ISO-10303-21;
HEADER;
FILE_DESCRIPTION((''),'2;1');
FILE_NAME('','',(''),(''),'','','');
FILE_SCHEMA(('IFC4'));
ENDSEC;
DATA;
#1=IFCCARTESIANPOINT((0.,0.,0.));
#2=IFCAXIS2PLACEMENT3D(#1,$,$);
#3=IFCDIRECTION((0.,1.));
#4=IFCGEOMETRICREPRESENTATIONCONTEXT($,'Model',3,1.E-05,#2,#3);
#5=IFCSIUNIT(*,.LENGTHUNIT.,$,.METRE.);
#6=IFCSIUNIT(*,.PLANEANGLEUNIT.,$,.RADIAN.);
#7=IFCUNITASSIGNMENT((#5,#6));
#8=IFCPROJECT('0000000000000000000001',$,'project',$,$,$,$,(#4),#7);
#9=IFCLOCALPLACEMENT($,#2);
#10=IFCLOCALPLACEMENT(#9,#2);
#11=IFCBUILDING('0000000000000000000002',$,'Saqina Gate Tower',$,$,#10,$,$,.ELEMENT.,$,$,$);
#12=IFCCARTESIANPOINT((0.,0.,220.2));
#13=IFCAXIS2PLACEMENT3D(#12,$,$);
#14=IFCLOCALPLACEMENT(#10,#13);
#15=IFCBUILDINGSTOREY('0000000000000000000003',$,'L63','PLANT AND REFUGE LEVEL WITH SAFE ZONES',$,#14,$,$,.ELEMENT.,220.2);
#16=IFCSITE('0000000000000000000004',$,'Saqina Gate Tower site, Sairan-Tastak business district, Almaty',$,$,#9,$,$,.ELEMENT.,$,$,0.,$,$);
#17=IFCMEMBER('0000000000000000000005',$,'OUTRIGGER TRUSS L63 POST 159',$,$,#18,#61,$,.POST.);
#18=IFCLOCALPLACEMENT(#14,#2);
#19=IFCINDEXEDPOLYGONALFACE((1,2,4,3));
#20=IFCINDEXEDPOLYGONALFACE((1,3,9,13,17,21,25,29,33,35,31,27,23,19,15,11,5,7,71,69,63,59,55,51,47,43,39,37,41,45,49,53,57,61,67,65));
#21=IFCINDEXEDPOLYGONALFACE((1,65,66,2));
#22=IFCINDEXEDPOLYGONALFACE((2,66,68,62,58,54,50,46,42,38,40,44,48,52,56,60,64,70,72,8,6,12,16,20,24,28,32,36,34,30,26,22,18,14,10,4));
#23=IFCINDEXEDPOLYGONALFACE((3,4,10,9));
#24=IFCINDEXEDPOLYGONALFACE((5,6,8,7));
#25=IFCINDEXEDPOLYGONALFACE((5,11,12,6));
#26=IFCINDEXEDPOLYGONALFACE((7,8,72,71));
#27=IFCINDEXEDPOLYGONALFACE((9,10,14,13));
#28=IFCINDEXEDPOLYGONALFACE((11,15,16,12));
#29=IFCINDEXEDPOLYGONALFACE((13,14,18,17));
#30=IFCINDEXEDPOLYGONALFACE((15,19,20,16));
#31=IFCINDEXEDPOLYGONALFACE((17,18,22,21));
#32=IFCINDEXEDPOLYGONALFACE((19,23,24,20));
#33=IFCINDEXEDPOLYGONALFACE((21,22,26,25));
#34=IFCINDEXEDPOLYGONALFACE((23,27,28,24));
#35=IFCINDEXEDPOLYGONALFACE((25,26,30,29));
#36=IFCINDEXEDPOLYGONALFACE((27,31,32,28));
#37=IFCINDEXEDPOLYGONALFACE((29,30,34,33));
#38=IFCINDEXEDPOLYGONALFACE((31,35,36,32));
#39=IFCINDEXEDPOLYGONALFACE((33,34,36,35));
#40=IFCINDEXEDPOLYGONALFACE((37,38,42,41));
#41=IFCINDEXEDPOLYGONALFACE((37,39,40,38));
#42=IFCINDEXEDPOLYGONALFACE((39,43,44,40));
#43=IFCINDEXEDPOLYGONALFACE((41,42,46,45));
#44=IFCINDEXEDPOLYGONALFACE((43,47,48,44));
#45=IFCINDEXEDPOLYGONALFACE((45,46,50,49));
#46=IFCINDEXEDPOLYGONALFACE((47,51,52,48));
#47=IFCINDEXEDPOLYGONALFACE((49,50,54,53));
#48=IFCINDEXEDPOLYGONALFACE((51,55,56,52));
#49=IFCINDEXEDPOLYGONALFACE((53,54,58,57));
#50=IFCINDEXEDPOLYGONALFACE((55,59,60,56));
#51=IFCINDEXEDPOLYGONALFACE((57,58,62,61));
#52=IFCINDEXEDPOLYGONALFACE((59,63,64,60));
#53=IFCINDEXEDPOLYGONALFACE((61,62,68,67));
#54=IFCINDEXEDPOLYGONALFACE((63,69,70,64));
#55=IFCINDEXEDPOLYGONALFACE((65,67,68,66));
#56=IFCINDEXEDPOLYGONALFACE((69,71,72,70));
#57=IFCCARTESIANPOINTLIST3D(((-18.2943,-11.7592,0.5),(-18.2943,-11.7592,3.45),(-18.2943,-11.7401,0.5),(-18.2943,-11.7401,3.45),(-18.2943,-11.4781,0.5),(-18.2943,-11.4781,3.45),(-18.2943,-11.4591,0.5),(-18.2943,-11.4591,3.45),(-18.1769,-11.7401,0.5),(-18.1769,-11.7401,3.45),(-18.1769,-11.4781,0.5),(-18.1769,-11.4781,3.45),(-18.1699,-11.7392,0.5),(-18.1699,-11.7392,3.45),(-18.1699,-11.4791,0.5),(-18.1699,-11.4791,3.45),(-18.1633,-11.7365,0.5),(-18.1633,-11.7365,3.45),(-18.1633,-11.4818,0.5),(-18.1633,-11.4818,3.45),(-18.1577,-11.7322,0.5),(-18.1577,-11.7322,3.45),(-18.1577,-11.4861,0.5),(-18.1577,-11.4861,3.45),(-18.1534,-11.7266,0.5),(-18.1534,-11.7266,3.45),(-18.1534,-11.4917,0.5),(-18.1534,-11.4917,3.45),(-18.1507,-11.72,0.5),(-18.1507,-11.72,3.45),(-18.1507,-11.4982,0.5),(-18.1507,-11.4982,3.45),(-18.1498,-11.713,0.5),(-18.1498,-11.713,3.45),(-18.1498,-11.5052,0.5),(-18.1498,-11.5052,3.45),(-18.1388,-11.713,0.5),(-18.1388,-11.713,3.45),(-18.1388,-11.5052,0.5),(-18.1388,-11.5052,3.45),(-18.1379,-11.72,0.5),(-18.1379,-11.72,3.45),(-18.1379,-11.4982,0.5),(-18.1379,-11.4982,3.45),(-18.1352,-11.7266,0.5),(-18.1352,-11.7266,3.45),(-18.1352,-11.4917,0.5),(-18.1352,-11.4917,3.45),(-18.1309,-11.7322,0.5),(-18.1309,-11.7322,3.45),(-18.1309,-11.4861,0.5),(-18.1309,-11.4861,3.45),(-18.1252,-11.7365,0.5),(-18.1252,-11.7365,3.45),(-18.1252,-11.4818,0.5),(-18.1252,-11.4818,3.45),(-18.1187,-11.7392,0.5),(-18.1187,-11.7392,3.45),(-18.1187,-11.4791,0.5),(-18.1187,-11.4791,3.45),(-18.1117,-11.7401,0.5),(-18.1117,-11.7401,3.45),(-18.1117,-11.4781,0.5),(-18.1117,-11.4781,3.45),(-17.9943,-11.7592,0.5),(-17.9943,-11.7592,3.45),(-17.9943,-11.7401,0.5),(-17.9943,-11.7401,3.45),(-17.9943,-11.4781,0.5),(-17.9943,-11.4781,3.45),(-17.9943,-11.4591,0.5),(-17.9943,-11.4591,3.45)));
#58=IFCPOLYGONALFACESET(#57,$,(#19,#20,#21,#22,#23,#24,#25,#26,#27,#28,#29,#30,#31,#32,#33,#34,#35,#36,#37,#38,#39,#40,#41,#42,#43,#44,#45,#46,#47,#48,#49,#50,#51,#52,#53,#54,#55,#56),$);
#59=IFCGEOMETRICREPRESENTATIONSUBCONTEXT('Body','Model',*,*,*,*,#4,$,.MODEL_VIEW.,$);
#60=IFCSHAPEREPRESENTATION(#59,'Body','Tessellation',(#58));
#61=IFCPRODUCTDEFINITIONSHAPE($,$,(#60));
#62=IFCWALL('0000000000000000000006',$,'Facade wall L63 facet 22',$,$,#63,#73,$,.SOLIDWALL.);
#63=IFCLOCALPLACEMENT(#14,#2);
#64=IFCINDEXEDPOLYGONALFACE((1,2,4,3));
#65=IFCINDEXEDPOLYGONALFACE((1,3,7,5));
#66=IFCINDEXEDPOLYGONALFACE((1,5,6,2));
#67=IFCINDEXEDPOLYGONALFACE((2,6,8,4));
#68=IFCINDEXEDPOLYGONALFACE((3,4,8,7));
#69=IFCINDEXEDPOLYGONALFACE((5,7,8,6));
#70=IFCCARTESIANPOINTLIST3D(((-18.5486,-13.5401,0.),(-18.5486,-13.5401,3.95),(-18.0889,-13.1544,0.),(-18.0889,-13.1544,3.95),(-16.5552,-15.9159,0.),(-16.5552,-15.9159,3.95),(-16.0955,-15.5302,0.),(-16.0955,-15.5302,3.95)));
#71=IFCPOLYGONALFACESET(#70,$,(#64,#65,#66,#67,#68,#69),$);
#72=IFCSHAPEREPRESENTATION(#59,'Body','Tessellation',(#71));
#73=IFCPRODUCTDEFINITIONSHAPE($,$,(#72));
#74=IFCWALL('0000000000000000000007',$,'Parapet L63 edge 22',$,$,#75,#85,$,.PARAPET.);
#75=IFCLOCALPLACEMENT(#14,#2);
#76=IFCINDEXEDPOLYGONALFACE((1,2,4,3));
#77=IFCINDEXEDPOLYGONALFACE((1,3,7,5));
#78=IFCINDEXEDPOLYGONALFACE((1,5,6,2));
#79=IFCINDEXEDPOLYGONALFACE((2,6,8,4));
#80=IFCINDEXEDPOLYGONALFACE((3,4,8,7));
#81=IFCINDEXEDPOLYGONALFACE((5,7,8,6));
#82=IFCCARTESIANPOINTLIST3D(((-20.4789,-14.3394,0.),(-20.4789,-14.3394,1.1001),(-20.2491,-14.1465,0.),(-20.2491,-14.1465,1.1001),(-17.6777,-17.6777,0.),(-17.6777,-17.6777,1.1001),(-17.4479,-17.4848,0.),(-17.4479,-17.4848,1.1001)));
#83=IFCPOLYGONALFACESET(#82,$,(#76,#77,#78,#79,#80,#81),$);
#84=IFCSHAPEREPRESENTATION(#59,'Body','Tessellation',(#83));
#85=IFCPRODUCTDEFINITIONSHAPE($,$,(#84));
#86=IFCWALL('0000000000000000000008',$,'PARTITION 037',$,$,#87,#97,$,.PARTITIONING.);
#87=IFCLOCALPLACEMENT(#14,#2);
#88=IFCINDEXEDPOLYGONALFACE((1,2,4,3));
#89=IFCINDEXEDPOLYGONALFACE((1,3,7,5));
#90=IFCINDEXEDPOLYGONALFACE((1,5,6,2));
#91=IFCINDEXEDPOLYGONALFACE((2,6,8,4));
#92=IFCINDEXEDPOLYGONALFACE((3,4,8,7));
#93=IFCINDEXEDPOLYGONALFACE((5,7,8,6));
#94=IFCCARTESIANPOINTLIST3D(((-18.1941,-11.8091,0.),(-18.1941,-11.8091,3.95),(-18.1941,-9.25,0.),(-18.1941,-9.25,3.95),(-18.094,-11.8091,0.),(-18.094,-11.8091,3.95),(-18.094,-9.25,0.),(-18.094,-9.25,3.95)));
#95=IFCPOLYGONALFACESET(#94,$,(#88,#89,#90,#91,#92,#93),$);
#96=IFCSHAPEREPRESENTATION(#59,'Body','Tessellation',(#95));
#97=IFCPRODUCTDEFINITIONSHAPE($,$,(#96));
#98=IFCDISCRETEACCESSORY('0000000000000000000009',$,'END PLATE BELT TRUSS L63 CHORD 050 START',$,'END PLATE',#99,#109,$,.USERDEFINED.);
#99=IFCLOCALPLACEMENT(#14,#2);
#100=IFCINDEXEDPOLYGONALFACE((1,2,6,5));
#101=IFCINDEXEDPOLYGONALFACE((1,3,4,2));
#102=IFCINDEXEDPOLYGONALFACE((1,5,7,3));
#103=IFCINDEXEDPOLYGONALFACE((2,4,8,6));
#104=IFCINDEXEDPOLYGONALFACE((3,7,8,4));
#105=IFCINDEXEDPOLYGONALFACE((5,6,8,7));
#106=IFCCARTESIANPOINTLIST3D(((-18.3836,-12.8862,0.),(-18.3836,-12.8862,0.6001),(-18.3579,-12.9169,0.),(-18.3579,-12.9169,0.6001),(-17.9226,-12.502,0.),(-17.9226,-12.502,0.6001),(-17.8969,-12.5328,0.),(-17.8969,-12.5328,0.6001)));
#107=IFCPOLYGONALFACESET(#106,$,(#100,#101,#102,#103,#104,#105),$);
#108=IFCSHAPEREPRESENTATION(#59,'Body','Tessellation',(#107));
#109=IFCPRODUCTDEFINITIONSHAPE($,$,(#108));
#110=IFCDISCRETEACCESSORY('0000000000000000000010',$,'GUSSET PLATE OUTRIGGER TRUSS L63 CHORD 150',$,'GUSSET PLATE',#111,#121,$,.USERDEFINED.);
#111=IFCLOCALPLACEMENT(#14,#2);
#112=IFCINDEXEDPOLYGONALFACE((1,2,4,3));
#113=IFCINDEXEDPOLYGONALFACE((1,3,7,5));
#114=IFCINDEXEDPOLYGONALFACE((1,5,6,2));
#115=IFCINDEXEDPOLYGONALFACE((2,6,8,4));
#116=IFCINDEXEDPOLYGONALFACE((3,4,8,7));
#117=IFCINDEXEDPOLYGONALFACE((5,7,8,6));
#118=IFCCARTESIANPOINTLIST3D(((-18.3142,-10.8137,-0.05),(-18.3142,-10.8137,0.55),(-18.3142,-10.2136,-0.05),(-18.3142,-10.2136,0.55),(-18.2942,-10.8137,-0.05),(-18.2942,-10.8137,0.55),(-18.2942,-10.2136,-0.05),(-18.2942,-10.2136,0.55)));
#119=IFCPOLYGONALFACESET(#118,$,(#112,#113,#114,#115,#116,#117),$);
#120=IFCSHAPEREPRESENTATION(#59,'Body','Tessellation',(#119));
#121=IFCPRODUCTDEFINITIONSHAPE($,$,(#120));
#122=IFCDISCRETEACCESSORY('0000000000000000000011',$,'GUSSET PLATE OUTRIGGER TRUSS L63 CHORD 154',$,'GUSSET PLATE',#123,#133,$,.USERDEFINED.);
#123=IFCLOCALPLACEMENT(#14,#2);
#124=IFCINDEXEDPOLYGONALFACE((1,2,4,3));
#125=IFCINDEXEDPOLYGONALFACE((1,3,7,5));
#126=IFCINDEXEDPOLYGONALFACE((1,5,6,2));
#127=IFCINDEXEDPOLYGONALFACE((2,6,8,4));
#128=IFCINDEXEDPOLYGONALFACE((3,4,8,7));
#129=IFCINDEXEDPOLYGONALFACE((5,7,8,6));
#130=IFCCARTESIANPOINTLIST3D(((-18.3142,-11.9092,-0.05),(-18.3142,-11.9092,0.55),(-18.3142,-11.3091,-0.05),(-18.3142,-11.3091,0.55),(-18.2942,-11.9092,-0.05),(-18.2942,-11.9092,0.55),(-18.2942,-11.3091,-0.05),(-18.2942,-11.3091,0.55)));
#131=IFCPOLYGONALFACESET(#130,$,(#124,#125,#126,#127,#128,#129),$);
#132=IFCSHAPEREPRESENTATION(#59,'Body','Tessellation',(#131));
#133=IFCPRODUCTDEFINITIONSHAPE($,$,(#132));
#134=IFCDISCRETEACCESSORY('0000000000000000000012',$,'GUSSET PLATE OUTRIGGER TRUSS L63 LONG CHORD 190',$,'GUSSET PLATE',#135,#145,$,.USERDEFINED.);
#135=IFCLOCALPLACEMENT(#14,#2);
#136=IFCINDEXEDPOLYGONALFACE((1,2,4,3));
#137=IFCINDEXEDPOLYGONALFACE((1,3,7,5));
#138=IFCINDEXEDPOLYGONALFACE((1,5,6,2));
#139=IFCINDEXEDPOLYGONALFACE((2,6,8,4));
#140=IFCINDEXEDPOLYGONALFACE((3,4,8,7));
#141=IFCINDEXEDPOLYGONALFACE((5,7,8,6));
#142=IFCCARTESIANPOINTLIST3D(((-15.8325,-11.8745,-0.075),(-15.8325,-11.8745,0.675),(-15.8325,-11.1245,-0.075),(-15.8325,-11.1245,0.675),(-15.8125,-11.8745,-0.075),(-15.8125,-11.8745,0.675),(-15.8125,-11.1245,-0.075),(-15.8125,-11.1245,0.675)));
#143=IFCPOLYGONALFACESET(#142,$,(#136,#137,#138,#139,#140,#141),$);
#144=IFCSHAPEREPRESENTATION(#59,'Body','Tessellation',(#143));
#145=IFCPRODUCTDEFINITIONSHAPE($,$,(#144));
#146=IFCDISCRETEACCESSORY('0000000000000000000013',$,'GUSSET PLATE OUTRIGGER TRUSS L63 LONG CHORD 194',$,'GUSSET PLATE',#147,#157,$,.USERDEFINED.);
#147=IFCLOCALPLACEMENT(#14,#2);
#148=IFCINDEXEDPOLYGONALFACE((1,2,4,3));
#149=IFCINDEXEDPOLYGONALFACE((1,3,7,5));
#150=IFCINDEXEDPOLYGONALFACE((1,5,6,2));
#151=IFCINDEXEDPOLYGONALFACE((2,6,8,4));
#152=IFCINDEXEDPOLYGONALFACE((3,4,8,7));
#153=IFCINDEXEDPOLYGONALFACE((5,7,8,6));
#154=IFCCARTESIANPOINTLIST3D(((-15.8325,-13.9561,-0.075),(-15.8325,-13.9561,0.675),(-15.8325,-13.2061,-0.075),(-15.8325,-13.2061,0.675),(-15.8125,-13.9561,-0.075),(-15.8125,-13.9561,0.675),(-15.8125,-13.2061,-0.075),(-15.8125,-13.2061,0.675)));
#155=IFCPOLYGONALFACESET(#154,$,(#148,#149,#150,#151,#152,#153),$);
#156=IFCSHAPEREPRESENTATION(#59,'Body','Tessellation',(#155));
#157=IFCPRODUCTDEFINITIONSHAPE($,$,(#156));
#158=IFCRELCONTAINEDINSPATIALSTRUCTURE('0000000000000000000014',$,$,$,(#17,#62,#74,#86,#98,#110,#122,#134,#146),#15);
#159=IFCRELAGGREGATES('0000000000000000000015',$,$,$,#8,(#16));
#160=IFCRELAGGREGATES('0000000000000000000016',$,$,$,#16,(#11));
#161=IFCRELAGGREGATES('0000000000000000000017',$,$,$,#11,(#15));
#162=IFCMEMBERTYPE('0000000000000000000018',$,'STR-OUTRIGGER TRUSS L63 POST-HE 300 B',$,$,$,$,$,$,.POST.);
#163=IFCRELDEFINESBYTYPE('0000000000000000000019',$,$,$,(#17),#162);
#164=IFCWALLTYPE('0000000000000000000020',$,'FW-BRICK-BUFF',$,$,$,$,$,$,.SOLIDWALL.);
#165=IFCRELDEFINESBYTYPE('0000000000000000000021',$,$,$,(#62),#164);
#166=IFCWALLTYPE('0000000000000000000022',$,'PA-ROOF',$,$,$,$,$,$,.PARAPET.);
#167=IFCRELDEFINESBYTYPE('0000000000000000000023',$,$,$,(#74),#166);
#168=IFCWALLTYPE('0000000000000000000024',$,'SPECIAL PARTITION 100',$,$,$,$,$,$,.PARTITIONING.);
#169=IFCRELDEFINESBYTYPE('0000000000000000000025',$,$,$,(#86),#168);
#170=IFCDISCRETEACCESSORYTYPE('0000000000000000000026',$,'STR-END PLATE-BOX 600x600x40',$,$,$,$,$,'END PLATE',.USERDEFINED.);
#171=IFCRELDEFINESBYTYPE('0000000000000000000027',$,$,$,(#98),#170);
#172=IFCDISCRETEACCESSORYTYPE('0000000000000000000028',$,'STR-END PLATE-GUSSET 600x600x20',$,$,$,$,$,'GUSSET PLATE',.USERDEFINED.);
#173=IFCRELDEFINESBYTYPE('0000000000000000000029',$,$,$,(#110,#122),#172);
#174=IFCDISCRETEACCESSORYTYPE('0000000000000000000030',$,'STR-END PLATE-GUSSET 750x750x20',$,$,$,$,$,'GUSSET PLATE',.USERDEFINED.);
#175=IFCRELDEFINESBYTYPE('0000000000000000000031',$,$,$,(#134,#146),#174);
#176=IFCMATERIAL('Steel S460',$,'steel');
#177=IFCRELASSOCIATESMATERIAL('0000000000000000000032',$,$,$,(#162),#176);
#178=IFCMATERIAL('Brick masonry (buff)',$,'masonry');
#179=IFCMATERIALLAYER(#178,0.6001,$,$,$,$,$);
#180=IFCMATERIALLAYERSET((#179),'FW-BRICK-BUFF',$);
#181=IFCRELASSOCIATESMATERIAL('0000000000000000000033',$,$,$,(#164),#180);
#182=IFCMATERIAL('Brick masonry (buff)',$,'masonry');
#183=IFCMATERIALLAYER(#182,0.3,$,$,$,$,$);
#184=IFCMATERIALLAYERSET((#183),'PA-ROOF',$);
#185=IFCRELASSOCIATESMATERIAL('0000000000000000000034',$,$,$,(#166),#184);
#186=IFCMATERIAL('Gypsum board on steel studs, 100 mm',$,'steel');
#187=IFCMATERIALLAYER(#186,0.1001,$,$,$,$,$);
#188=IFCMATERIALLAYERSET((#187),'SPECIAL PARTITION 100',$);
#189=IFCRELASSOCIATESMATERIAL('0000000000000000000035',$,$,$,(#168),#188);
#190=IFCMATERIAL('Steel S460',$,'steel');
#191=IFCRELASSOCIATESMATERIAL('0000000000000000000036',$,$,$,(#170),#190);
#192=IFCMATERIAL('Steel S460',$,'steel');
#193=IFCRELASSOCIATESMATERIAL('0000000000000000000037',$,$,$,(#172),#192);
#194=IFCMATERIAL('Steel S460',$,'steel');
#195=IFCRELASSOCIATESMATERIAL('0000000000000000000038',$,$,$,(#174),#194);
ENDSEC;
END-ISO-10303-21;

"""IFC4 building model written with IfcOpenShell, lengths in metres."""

from ifc_helpers import new_model, si_unit, direction, frame, frame_2d, origin, origin_2d, place, context, subcontext, project, spatial, rectangle, i_section, extrude, material, layer, layer_set, material_profile, profile_set, type_object, element, save


model = new_model("IFC4")

# Units and contexts
model_context = context("Model", 3, precision=1e-05, world=origin(), true_north=direction((0.0, 1.0)))
body_context = subcontext(model_context, "Body", "Model", "MODEL_VIEW")
ifc_project = project(units=[si_unit("LENGTHUNIT", "METRE"), si_unit("PLANEANGLEUNIT", "RADIAN")], contexts=[model_context])

# Site, building, storey
site_placement = place(None, origin())
site = spatial("IfcSite", under=ifc_project, at=site_placement, Name="Saqina Gate Tower site, Sairan-Tastak business district, Almaty", CompositionType="ELEMENT", RefElevation=0.0)
building_placement = place(site_placement, origin())
building = spatial("IfcBuilding", under=site, at=building_placement, Name="Saqina Gate Tower", CompositionType="ELEMENT")
storey_placement = place(building_placement, frame((0.0, 0.0, 220.2)))
storey = spatial("IfcBuildingStorey", under=building, at=storey_placement, Name="L63", Description="PLANT AND REFUGE LEVEL WITH SAFE ZONES", CompositionType="ELEMENT", Elevation=220.2)

# Member
ifc_material_1 = material(Name="Steel S460", Category="steel")
ifc_material_profile_1 = material_profile(ifc_material_1, i_section(OverallWidth=0.3, OverallDepth=0.3, WebThickness=0.011, FlangeThickness=0.019, FilletRadius=0.0271, at=origin_2d()), Name="HE 300 B")
ifc_profile_set_1 = profile_set([ifc_material_profile_1], Name="Steel S460")
member_type_1 = type_object("IfcMemberType", Name="STR-OUTRIGGER TRUSS L63 POST-HE 300 B", PredefinedType="POST", material=ifc_profile_set_1)
member_1_placement = place(storey_placement, frame((-18.1443, -11.6091, 0.5), z_axis=(0.0, 0.0, 1.0), x_axis=(1.0, 0.0, 0.0)))
element("IfcMember", 1, at=member_1_placement, inside=storey, type_object=member_type_1, Name="OUTRIGGER TRUSS L63 POST 159", PredefinedType="POST", context=body_context, shape_type="SweptSolid", body=[
    extrude(i_section(OverallWidth=0.3, OverallDepth=0.3, WebThickness=0.011, FlangeThickness=0.019, FilletRadius=0.0271, at=origin_2d()), origin(), (0.0, 0.0, 1.0), 2.95),
])

# Walls
ifc_material_2 = material(Name="Brick masonry (buff)", Category="masonry")
ifc_layer_1 = layer(ifc_material_2, 0.6001)
ifc_layer_set_1 = layer_set([ifc_layer_1], Name="FW-BRICK-BUFF")
wall_type_1 = type_object("IfcWallType", Name="FW-BRICK-BUFF", PredefinedType="SOLIDWALL", material=ifc_layer_set_1)
wall_1_placement = place(storey_placement, frame((-18.3188, -13.3472, 0.0), z_axis=(0.0, 0.0, 1.0), x_axis=(0.642775, -0.766055, 0.0)))
element("IfcWall", 2, at=wall_1_placement, inside=storey, type_object=wall_type_1, Name="Facade wall L63 facet 22", PredefinedType="SOLIDWALL", context=body_context, shape_type="SweptSolid", body=[
    extrude(rectangle(XDim=3.1013, YDim=0.6001, at=frame_2d((1.5508, 0.0))), origin(), (0.0, 0.0, 1.0), 3.95),
])
ifc_material_3 = material(Name="Brick masonry (buff)", Category="masonry")
ifc_layer_2 = layer(ifc_material_3, 0.3)
ifc_layer_set_2 = layer_set([ifc_layer_2], Name="PA-ROOF")
wall_type_2 = type_object("IfcWallType", Name="PA-ROOF", PredefinedType="PARAPET", material=ifc_layer_set_2)
wall_2_placement = place(storey_placement, frame((-20.364, -14.2429, 0.0), z_axis=(0.0, 0.0, 1.0), x_axis=(0.642793, -0.76604, 0.0)))
element("IfcWall", 3, at=wall_2_placement, inside=storey, type_object=wall_type_2, Name="Parapet L63 edge 22", PredefinedType="PARAPET", context=body_context, shape_type="SweptSolid", body=[
    extrude(rectangle(XDim=4.3579, YDim=0.3, at=frame_2d((2.179, 0.0))), origin(), (0.0, 0.0, 1.0), 1.1001),
])
ifc_material_4 = material(Name="Gypsum board on steel studs, 100 mm", Category="steel")
ifc_layer_3 = layer(ifc_material_4, 0.1001)
ifc_layer_set_3 = layer_set([ifc_layer_3], Name="SPECIAL PARTITION 100")
wall_type_3 = type_object("IfcWallType", Name="SPECIAL PARTITION 100", PredefinedType="PARTITIONING", material=ifc_layer_set_3)
wall_3_placement = place(storey_placement, frame((-18.144, -11.8091, 0.0), z_axis=(0.0, 0.0, 1.0), x_axis=(0.0, 1.0, 0.0)))
element("IfcWall", 4, at=wall_3_placement, inside=storey, type_object=wall_type_3, Name="PARTITION 037", PredefinedType="PARTITIONING", context=body_context, shape_type="SweptSolid", body=[
    extrude(rectangle(XDim=2.5591, YDim=0.1001, at=frame_2d((1.2795, 0.0))), origin(), (0.0, 0.0, 1.0), 3.95),
])

# Discrete accessories
ifc_material_5 = material(Name="Steel S460", Category="steel")
ifc_material_profile_2 = material_profile(ifc_material_5, rectangle(XDim=0.6001, YDim=0.6001, at=origin_2d()), Name="STR-END PLATE-BOX 600x600x40")
ifc_profile_set_2 = profile_set([ifc_material_profile_2], Name="Steel S460")
discrete_accessory_type_1 = type_object("IfcDiscreteAccessoryType", Name="STR-END PLATE-BOX 600x600x40", ElementType="END PLATE", PredefinedType="USERDEFINED", material=ifc_profile_set_2)
discrete_accessory_placement = place(storey_placement, frame((-18.1274, -12.7249, 0.3), z_axis=(-0.640184, 0.768221, 0.0), x_axis=(0.768221, 0.640184, 0.0)))
element("IfcDiscreteAccessory", 5, at=discrete_accessory_placement, inside=storey, type_object=discrete_accessory_type_1, Name="END PLATE BELT TRUSS L63 CHORD 050 START", ObjectType="END PLATE", PredefinedType="USERDEFINED", context=body_context, shape_type="SweptSolid", body=[
    extrude(rectangle(XDim=0.6001, YDim=0.6001, at=origin_2d()), origin(), (0.0, 0.0, 1.0), 0.04),
])
ifc_material_6 = material(Name="Steel S460", Category="steel")
ifc_material_profile_3 = material_profile(ifc_material_6, rectangle(XDim=0.6001, YDim=0.6001, at=origin_2d()), Name="STR-END PLATE-GUSSET 600x600x20")
ifc_profile_set_3 = profile_set([ifc_material_profile_3], Name="Steel S460")
discrete_accessory_type_2 = type_object("IfcDiscreteAccessoryType", Name="STR-END PLATE-GUSSET 600x600x20", ElementType="GUSSET PLATE", PredefinedType="USERDEFINED", material=ifc_profile_set_3)
for number, where, z_axis, x_axis, name in (
    (6, (-18.2942, -10.5137, 0.25), (-1.0, 0.0, 0.0), (0.0, -1.0, 0.0), "GUSSET PLATE OUTRIGGER TRUSS L63 CHORD 150"),
    (7, (-18.2942, -11.6091, 0.25), (-1.0, 0.0, 0.0), (0.0, -1.0, 0.0), "GUSSET PLATE OUTRIGGER TRUSS L63 CHORD 154"),
):
    element("IfcDiscreteAccessory", number, at=place(storey_placement, frame(where, z_axis=z_axis, x_axis=x_axis)), inside=storey, type_object=discrete_accessory_type_2, Name=name, ObjectType="GUSSET PLATE", PredefinedType="USERDEFINED", context=body_context, shape_type="SweptSolid", body=[
        extrude(rectangle(XDim=0.6001, YDim=0.6001, at=origin_2d()), origin(), (0.0, 0.0, 1.0), 0.02),
    ])
ifc_material_7 = material(Name="Steel S460", Category="steel")
ifc_material_profile_4 = material_profile(ifc_material_7, rectangle(XDim=0.75, YDim=0.75, at=origin_2d()), Name="STR-END PLATE-GUSSET 750x750x20")
ifc_profile_set_4 = profile_set([ifc_material_profile_4], Name="Steel S460")
discrete_accessory_type_3 = type_object("IfcDiscreteAccessoryType", Name="STR-END PLATE-GUSSET 750x750x20", ElementType="GUSSET PLATE", PredefinedType="USERDEFINED", material=ifc_profile_set_4)
for number, where, z_axis, x_axis, name in (
    (8, (-15.8125, -11.4995, 0.3), (-1.0, 0.0, 0.0), (0.0, -1.0, 0.0), "GUSSET PLATE OUTRIGGER TRUSS L63 LONG CHORD 190"),
    (9, (-15.8125, -13.5811, 0.3), (-1.0, 0.0, 0.0), (0.0, -1.0, 0.0), "GUSSET PLATE OUTRIGGER TRUSS L63 LONG CHORD 194"),
):
    element("IfcDiscreteAccessory", number, at=place(storey_placement, frame(where, z_axis=z_axis, x_axis=x_axis)), inside=storey, type_object=discrete_accessory_type_3, Name=name, ObjectType="GUSSET PLATE", PredefinedType="USERDEFINED", context=body_context, shape_type="SweptSolid", body=[
        extrude(rectangle(XDim=0.75, YDim=0.75, at=origin_2d()), origin(), (0.0, 0.0, 1.0), 0.02),
    ])

save(model, "model.ifc")
